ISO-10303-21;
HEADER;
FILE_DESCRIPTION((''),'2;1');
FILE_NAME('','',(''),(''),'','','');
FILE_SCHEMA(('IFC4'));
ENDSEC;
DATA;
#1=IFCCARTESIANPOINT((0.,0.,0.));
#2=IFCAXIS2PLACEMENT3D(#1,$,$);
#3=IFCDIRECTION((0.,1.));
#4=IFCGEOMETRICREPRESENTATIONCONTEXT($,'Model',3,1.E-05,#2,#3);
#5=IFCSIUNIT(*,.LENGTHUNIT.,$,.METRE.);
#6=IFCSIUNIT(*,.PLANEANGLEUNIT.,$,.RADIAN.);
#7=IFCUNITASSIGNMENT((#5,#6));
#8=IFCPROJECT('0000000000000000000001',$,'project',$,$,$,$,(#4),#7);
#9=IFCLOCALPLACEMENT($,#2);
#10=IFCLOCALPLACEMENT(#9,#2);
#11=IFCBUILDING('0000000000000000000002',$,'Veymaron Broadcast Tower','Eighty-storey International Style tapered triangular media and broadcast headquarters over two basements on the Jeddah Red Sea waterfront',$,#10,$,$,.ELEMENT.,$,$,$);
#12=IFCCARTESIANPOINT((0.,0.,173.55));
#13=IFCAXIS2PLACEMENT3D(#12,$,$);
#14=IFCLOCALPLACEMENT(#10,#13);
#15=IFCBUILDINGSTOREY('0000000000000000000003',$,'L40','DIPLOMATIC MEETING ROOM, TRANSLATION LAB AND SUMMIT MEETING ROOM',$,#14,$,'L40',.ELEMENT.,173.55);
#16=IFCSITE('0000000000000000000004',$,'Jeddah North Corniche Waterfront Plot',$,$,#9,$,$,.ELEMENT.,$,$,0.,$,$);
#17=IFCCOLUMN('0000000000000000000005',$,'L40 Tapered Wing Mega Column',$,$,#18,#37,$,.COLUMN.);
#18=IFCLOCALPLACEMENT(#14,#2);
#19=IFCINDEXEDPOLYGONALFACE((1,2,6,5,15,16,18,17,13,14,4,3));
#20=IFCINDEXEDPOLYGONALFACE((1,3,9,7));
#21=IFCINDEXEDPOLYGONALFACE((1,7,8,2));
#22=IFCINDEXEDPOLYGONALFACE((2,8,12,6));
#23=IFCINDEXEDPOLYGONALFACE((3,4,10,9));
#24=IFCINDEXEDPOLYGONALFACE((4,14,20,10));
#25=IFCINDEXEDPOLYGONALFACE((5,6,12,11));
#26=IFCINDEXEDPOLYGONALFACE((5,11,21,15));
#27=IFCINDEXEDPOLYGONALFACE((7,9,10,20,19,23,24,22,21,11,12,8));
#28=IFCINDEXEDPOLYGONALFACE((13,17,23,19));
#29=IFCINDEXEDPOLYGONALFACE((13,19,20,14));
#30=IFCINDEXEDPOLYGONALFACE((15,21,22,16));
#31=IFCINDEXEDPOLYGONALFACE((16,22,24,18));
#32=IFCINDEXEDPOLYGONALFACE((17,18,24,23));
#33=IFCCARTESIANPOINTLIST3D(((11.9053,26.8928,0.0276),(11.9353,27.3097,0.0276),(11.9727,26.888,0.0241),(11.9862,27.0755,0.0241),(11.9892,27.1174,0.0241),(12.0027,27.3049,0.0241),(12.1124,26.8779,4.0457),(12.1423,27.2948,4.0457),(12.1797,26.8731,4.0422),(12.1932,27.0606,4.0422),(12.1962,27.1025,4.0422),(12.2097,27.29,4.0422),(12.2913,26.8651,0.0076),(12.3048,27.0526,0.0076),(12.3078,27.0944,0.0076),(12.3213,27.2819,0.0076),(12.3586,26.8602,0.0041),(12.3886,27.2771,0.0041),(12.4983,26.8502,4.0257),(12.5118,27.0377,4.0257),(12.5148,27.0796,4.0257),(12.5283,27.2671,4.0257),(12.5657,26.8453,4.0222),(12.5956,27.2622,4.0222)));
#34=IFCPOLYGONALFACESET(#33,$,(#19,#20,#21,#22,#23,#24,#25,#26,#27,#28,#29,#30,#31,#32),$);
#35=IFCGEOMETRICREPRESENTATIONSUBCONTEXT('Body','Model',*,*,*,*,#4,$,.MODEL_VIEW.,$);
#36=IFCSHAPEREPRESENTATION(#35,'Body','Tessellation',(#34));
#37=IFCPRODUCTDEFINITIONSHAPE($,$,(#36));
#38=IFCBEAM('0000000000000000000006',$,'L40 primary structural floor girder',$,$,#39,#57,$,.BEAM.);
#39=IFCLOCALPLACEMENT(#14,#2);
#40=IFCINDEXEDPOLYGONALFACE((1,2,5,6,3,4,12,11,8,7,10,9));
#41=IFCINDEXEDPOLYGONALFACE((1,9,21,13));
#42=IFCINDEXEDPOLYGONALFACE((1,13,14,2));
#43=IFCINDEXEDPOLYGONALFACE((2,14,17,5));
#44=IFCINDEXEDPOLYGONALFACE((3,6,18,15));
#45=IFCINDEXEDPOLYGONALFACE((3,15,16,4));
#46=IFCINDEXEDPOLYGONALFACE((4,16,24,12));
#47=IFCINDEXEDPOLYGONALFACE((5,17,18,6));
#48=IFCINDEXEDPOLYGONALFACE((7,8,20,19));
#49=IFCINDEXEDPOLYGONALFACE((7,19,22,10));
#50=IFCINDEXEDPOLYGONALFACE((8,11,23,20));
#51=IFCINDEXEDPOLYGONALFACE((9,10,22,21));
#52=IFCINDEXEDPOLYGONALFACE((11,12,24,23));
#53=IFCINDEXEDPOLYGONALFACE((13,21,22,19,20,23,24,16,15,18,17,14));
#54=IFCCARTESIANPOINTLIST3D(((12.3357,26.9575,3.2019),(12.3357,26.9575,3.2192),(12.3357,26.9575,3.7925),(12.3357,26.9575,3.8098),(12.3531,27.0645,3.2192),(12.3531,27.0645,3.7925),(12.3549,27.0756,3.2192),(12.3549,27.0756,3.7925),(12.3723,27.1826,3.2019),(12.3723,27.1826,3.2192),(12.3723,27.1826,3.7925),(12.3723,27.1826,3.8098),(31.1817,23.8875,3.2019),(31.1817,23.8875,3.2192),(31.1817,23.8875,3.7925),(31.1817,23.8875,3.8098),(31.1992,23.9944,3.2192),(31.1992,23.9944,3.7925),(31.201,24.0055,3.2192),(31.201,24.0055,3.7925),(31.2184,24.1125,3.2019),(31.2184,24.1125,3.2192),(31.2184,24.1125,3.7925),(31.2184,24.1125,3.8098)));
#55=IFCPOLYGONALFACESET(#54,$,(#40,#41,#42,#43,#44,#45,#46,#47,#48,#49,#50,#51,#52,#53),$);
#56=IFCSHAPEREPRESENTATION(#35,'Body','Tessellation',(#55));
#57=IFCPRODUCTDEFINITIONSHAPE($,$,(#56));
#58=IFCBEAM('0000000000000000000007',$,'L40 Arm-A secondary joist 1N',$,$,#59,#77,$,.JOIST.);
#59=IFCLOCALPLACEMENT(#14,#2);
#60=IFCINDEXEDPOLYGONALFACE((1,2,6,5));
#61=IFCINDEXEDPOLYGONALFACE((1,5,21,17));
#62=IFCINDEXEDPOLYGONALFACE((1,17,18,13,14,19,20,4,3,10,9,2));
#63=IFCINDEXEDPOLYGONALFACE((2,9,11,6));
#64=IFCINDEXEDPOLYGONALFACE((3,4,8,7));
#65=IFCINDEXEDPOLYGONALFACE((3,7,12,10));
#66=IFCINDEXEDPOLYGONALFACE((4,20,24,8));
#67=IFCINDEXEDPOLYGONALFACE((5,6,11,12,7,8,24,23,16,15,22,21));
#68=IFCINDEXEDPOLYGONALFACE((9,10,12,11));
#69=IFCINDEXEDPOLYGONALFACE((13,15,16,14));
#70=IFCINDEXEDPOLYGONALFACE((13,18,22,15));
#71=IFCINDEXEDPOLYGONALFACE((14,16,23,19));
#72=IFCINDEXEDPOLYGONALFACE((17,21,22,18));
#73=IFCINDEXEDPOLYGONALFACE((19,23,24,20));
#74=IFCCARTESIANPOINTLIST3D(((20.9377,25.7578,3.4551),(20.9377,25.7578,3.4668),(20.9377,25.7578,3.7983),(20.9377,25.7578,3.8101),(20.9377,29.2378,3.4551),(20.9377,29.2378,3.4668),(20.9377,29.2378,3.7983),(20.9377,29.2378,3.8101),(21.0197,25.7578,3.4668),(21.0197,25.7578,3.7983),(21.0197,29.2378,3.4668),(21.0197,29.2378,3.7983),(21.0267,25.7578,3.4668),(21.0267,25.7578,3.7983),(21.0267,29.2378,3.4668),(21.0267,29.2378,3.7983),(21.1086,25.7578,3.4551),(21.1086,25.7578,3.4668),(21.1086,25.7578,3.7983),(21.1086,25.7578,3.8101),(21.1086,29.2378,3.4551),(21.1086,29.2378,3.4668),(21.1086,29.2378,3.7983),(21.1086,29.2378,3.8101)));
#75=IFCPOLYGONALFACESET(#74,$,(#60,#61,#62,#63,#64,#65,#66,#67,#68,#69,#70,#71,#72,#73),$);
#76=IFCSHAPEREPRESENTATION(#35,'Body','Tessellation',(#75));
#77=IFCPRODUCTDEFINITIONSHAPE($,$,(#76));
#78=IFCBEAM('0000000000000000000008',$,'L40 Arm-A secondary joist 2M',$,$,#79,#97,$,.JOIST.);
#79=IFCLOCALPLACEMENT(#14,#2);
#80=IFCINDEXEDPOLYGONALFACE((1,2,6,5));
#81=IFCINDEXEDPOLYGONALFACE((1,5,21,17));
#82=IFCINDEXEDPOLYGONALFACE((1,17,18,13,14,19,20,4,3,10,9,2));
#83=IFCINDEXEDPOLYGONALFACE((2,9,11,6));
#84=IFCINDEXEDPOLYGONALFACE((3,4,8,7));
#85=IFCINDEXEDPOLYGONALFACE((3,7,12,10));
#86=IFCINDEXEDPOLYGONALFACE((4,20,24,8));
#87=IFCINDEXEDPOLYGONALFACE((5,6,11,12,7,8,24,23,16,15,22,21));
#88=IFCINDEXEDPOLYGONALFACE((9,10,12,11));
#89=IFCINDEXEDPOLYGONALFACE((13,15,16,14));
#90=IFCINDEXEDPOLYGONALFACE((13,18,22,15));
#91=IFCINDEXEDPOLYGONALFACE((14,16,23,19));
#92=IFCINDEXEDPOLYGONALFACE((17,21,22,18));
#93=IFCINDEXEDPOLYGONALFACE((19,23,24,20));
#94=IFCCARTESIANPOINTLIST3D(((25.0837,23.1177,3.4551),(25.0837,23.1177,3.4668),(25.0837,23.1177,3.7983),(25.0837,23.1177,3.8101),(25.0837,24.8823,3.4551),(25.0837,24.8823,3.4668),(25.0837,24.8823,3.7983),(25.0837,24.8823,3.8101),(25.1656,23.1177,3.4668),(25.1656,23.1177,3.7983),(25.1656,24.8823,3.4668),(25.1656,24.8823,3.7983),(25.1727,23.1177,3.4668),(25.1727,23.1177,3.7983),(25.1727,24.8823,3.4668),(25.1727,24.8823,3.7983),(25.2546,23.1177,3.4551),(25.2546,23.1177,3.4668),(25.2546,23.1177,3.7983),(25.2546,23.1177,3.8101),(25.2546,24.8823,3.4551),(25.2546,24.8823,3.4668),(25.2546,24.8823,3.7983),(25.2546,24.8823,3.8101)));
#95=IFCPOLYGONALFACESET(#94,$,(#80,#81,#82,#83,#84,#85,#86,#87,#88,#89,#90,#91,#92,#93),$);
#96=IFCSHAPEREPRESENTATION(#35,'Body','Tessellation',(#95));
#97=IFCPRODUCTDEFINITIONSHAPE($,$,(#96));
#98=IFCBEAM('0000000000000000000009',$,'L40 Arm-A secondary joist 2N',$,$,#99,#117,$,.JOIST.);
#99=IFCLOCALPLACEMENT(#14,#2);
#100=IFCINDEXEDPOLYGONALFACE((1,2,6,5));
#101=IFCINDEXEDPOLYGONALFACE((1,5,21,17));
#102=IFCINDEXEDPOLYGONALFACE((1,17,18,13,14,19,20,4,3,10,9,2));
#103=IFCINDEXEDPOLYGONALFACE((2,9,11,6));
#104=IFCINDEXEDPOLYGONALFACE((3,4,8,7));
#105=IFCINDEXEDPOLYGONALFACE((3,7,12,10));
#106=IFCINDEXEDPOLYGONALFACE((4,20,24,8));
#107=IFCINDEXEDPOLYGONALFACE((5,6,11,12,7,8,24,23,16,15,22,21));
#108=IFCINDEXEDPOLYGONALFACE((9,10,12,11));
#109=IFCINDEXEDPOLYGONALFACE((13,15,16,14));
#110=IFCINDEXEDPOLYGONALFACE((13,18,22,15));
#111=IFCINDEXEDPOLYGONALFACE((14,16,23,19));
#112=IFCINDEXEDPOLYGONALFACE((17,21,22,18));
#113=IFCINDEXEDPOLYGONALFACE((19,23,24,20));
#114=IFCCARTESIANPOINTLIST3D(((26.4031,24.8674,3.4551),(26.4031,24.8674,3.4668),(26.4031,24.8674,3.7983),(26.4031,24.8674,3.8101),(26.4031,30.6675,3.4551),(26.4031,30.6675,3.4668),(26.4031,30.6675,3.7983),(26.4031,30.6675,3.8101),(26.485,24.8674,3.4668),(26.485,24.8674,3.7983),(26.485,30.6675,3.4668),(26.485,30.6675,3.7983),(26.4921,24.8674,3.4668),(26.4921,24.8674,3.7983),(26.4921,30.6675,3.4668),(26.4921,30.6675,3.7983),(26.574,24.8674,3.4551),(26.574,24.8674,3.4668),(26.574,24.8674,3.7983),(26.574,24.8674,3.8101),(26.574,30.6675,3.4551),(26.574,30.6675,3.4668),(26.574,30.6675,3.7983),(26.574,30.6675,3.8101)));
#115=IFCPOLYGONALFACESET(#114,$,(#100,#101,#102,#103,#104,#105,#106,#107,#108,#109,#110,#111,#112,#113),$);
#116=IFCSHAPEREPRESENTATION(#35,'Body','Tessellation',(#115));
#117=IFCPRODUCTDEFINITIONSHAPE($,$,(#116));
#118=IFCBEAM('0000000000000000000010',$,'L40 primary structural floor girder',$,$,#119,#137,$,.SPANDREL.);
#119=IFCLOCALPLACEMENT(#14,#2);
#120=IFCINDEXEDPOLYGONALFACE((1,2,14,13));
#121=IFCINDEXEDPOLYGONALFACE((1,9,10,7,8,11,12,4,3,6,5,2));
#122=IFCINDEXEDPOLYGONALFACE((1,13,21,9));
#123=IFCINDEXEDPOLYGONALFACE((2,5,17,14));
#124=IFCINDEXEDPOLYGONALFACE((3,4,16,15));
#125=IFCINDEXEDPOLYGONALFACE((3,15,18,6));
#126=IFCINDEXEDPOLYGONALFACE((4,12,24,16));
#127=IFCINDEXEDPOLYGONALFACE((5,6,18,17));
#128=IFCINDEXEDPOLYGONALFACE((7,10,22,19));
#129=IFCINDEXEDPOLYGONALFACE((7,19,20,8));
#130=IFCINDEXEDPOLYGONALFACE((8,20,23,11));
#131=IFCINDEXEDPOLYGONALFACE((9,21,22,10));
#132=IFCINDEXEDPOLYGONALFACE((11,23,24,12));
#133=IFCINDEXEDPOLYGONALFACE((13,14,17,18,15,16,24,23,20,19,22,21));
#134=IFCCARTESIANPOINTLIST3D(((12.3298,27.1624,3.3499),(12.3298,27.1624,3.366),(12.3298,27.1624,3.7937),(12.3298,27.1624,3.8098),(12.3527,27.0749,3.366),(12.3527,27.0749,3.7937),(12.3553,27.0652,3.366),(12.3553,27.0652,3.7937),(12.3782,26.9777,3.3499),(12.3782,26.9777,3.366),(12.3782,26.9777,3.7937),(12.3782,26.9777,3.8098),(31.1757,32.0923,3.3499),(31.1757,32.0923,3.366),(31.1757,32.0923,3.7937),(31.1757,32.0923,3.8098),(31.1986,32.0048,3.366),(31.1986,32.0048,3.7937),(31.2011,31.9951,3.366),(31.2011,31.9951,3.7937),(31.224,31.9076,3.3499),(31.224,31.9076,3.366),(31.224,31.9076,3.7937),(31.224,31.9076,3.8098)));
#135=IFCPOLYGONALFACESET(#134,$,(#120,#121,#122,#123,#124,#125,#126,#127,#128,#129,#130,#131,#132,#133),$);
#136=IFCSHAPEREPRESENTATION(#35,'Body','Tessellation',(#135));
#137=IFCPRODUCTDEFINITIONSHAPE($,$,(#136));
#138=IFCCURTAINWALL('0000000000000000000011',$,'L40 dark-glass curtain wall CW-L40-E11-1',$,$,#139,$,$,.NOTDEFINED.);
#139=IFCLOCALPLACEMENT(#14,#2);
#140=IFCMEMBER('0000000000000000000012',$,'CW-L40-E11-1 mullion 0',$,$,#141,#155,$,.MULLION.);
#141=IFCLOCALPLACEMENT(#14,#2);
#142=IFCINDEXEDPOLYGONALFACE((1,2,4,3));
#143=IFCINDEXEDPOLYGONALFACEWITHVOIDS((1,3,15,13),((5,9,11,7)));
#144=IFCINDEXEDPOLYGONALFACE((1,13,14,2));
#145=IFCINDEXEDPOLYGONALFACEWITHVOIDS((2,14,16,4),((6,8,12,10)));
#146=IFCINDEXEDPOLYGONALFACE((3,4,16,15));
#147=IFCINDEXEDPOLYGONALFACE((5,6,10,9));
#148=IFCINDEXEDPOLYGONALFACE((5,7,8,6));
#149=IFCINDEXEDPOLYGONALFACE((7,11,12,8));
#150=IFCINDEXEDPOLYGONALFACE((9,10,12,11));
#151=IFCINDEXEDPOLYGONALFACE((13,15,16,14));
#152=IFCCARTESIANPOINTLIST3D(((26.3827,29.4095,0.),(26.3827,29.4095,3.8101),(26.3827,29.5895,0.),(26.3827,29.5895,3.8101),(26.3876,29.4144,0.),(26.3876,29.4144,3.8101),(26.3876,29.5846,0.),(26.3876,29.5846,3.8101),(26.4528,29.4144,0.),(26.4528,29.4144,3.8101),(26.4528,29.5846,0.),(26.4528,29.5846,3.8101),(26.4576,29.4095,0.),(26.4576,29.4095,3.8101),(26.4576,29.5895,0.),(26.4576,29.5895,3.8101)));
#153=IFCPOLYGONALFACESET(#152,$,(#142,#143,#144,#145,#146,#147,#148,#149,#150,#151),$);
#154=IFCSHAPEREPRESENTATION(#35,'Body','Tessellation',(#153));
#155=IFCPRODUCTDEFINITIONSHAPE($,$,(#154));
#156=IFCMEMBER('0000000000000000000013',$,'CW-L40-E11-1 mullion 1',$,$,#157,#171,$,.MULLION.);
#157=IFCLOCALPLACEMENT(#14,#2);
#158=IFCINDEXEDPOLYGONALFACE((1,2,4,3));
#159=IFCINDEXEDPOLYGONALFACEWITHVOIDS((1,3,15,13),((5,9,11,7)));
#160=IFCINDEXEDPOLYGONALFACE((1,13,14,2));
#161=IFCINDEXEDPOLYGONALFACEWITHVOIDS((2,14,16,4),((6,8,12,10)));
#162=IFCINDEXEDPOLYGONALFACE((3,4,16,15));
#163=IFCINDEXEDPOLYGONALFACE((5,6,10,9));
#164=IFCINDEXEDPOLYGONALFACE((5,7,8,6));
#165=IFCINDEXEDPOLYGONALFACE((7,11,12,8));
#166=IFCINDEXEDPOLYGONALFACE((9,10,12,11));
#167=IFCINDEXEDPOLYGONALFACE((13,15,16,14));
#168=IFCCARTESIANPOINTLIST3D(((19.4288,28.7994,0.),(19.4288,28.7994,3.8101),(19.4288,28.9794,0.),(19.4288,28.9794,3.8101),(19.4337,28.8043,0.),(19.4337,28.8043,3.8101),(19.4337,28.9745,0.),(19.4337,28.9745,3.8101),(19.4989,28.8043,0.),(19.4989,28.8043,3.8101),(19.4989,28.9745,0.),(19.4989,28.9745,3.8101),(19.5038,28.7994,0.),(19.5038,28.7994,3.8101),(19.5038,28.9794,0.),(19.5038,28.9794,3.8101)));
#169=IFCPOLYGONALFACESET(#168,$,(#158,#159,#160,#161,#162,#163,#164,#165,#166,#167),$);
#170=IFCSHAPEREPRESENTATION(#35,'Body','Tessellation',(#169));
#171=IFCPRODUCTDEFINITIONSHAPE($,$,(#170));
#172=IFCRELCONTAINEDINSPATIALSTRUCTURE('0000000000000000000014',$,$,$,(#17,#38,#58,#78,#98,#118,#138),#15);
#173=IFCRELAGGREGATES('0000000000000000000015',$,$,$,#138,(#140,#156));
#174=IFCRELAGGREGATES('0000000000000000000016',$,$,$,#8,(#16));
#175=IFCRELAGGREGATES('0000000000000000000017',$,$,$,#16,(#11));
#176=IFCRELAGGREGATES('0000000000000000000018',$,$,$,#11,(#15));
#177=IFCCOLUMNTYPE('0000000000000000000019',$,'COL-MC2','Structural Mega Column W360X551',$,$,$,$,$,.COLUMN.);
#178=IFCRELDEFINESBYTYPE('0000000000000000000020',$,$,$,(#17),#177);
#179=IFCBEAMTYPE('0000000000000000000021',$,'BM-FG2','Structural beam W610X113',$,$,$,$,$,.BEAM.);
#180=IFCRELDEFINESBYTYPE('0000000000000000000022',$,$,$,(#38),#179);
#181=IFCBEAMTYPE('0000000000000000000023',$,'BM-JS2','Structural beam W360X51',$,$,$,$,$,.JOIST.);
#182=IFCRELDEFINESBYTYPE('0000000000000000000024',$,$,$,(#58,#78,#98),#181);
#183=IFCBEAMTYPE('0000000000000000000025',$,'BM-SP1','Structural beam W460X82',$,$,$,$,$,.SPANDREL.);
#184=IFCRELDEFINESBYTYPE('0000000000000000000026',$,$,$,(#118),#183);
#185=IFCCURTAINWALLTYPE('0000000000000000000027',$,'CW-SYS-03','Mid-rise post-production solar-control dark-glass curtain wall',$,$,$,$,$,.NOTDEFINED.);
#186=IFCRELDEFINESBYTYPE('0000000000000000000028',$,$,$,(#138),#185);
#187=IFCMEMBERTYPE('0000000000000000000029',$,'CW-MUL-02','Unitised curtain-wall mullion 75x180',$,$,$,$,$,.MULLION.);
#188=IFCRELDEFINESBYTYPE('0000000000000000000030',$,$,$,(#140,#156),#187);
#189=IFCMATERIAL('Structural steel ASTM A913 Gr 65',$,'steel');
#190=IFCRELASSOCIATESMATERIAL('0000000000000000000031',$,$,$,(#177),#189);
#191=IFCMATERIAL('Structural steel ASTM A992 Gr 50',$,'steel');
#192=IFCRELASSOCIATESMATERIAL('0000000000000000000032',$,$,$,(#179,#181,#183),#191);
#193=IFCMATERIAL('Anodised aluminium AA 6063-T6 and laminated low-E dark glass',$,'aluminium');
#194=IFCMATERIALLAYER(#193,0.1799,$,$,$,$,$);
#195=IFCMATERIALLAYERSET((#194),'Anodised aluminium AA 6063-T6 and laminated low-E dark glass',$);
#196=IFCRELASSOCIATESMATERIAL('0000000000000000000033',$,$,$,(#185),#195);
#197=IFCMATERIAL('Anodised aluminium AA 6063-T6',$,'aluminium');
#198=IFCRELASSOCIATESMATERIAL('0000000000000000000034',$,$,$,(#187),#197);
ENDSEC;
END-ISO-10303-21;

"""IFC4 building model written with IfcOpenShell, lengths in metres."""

from ifc_helpers import new_model, si_unit, direction, frame, origin, origin_2d, place, context, subcontext, project, spatial, hollow_rectangle, i_section, extrude, material, layer, layer_set, material_profile, profile_set, type_object, element, aggregate, save


model = new_model("IFC4")

# Units and contexts
model_context = context("Model", 3, precision=1e-05, world=origin(), true_north=direction((0.0, 1.0)))
body_context = subcontext(model_context, "Body", "Model", "MODEL_VIEW")
ifc_project = project(units=[si_unit("LENGTHUNIT", "METRE"), si_unit("PLANEANGLEUNIT", "RADIAN")], contexts=[model_context])

# Site, building, storey
site_placement = place(None, origin())
site = spatial("IfcSite", under=ifc_project, at=site_placement, Name="Jeddah North Corniche Waterfront Plot", CompositionType="ELEMENT", RefElevation=0.0)
building_placement = place(site_placement, origin())
building = spatial("IfcBuilding", under=site, at=building_placement, Name="Veymaron Broadcast Tower", Description="Eighty-storey International Style tapered triangular media and broadcast headquarters over two basements on the Jeddah Red Sea waterfront", CompositionType="ELEMENT")
storey_placement = place(building_placement, frame((0.0, 0.0, 173.55)))
storey = spatial("IfcBuildingStorey", under=building, at=storey_placement, Name="L40", Description="DIPLOMATIC MEETING ROOM, TRANSLATION LAB AND SUMMIT MEETING ROOM", LongName="L40", CompositionType="ELEMENT", Elevation=173.55)

# Column
ifc_material_1 = material(Name="Structural steel ASTM A913 Gr 65", Category="steel")
ifc_material_profile_1 = material_profile(ifc_material_1, i_section(OverallWidth=0.418, OverallDepth=0.4551, WebThickness=0.042, FlangeThickness=0.0676, at=origin_2d()), Name="W360X551")
ifc_profile_set_1 = profile_set([ifc_material_profile_1], Name="Structural steel ASTM A913 Gr 65")
column_type = type_object("IfcColumnType", Name="COL-MC2", Description="Structural Mega Column W360X551", PredefinedType="COLUMN", material=ifc_profile_set_1)
column_placement = place(storey_placement, frame((12.147, 27.085, 0.0159), z_axis=(0.051456, -0.003701, 0.998668), x_axis=(0.071749, 0.997423, 0.0)))
element("IfcColumn", 1, at=column_placement, inside=storey, type_object=column_type, Name="L40 Tapered Wing Mega Column", PredefinedType="COLUMN", context=body_context, shape_type="SweptSolid", body=[
    extrude(i_section(OverallWidth=0.418, OverallDepth=0.4551, WebThickness=0.042, FlangeThickness=0.0676, at=origin_2d()), origin(), (0.0, 0.0, 1.0), 4.0234),
])

# Beams
ifc_material_2 = material(Name="Structural steel ASTM A992 Gr 50", Category="steel")
ifc_material_profile_2 = material_profile(ifc_material_2, i_section(OverallWidth=0.228, OverallDepth=0.6079, WebThickness=0.0112, FlangeThickness=0.0173, at=origin_2d()), Name="W610X113")
ifc_profile_set_2 = profile_set([ifc_material_profile_2], Name="Structural steel ASTM A992 Gr 50")
beam_type_1 = type_object("IfcBeamType", Name="BM-FG2", Description="Structural beam W610X113", PredefinedType="BEAM", material=ifc_profile_set_2)
beam_1_placement = place(storey_placement, frame((12.354, 27.0701, 3.5059), z_axis=(0.98699, -0.160784, 0.0), x_axis=(0.160784, 0.98699, 0.0)))
element("IfcBeam", 2, at=beam_1_placement, inside=storey, type_object=beam_type_1, Name="L40 primary structural floor girder", PredefinedType="BEAM", context=body_context, shape_type="SweptSolid", body=[
    extrude(i_section(OverallWidth=0.228, OverallDepth=0.6079, WebThickness=0.0112, FlangeThickness=0.0173, at=origin_2d()), origin(), (0.0, 0.0, 1.0), 19.0945),
])
ifc_material_profile_3 = material_profile(ifc_material_2, i_section(OverallWidth=0.1709, OverallDepth=0.355, WebThickness=0.0071, FlangeThickness=0.0117, at=origin_2d()), Name="W360X51")
ifc_profile_set_3 = profile_set([ifc_material_profile_3], Name="Structural steel ASTM A992 Gr 50")
beam_type_2 = type_object("IfcBeamType", Name="BM-JS2", Description="Structural beam W360X51", PredefinedType="JOIST", material=ifc_profile_set_3)
beam_2_placement = place(storey_placement, frame((21.0232, 25.7578, 3.6326), z_axis=(0.0, 1.0, 0.0), x_axis=(-1.0, 0.0, 0.0)))
element("IfcBeam", 3, at=beam_2_placement, inside=storey, type_object=beam_type_2, Name="L40 Arm-A secondary joist 1N", PredefinedType="JOIST", context=body_context, shape_type="SweptSolid", body=[
    extrude(i_section(OverallWidth=0.1709, OverallDepth=0.355, WebThickness=0.0071, FlangeThickness=0.0117, at=origin_2d()), origin(), (0.0, 0.0, 1.0), 3.48),
])
beam_3_placement = place(storey_placement, frame((25.1692, 23.1177, 3.6326), z_axis=(0.0, 1.0, 0.0), x_axis=(-1.0, 0.0, 0.0)))
element("IfcBeam", 4, at=beam_3_placement, inside=storey, type_object=beam_type_2, Name="L40 Arm-A secondary joist 2M", PredefinedType="JOIST", context=body_context, shape_type="SweptSolid", body=[
    extrude(i_section(OverallWidth=0.1709, OverallDepth=0.355, WebThickness=0.0071, FlangeThickness=0.0117, at=origin_2d()), origin(), (0.0, 0.0, 1.0), 1.7646),
])
beam_4_placement = place(storey_placement, frame((26.4885, 24.8674, 3.6326), z_axis=(0.0, 1.0, 0.0), x_axis=(-1.0, 0.0, 0.0)))
element("IfcBeam", 5, at=beam_4_placement, inside=storey, type_object=beam_type_2, Name="L40 Arm-A secondary joist 2N", PredefinedType="JOIST", context=body_context, shape_type="SweptSolid", body=[
    extrude(i_section(OverallWidth=0.1709, OverallDepth=0.355, WebThickness=0.0071, FlangeThickness=0.0117, at=origin_2d()), origin(), (0.0, 0.0, 1.0), 5.8),
])
ifc_material_profile_4 = material_profile(ifc_material_2, i_section(OverallWidth=0.1909, OverallDepth=0.46, WebThickness=0.01, FlangeThickness=0.0161, at=origin_2d()), Name="W460X82")
ifc_profile_set_4 = profile_set([ifc_material_profile_4], Name="Structural steel ASTM A992 Gr 50")
beam_type_3 = type_object("IfcBeamType", Name="BM-SP1", Description="Structural beam W460X82", PredefinedType="SPANDREL", material=ifc_profile_set_4)
beam_5_placement = place(storey_placement, frame((12.354, 27.0701, 3.5798), z_axis=(0.967447, 0.253075, 0.0), x_axis=(-0.253075, 0.967447, 0.0)))
element("IfcBeam", 6, at=beam_5_placement, inside=storey, type_object=beam_type_3, Name="L40 primary structural floor girder", PredefinedType="SPANDREL", context=body_context, shape_type="SweptSolid", body=[
    extrude(i_section(OverallWidth=0.1909, OverallDepth=0.46, WebThickness=0.01, FlangeThickness=0.0161, at=origin_2d()), origin(), (0.0, 0.0, 1.0), 19.48),
])

# Curtain wall, members
ifc_material_3 = material(Name="Anodised aluminium AA 6063-T6 and laminated low-E dark glass", Category="aluminium")
ifc_layer_1 = layer(ifc_material_3, 0.1799)
ifc_layer_set_1 = layer_set([ifc_layer_1], Name="Anodised aluminium AA 6063-T6 and laminated low-E dark glass")
curtain_wall_type = type_object("IfcCurtainWallType", Name="CW-SYS-03", Description="Mid-rise post-production solar-control dark-glass curtain wall", PredefinedType="NOTDEFINED", material=ifc_layer_set_1)
curtain_wall_placement = place(storey_placement, origin())
curtain_wall = element("IfcCurtainWall", 7, at=curtain_wall_placement, inside=storey, type_object=curtain_wall_type, Name="L40 dark-glass curtain wall CW-L40-E11-1", PredefinedType="NOTDEFINED")
ifc_material_4 = material(Name="Anodised aluminium AA 6063-T6", Category="aluminium")
ifc_material_profile_5 = material_profile(ifc_material_4, hollow_rectangle(XDim=0.075, YDim=0.1799, WallThickness=0.0049, at=origin_2d()), Name="AL180X75X5")
ifc_profile_set_5 = profile_set([ifc_material_profile_5], Name="Anodised aluminium AA 6063-T6")
member_type_1 = type_object("IfcMemberType", Name="CW-MUL-02", Description="Unitised curtain-wall mullion 75x180", PredefinedType="MULLION", material=ifc_profile_set_5)
member_1_placement = place(storey_placement, frame((26.4202, 29.4995, 0.0), z_axis=(0.0, 0.0, 1.0), x_axis=(1.0, 0.0, 0.0)))
member_1 = element("IfcMember", 8, at=member_1_placement, type_object=member_type_1, Name="CW-L40-E11-1 mullion 0", PredefinedType="MULLION", context=body_context, shape_type="SweptSolid", body=[
    extrude(hollow_rectangle(XDim=0.075, YDim=0.1799, WallThickness=0.0049, at=origin_2d()), origin(), (0.0, 0.0, 1.0), 3.8101),
])
member_2_placement = place(storey_placement, frame((19.4663, 28.8894, 0.0), z_axis=(0.0, 0.0, 1.0), x_axis=(1.0, 0.0, 0.0)))
member_2 = element("IfcMember", 9, at=member_2_placement, type_object=member_type_1, Name="CW-L40-E11-1 mullion 1", PredefinedType="MULLION", context=body_context, shape_type="SweptSolid", body=[
    extrude(hollow_rectangle(XDim=0.075, YDim=0.1799, WallThickness=0.0049, at=origin_2d()), origin(), (0.0, 0.0, 1.0), 3.8101),
])
aggregate(curtain_wall, [member_1, member_2])

save(model, "model.ifc")
